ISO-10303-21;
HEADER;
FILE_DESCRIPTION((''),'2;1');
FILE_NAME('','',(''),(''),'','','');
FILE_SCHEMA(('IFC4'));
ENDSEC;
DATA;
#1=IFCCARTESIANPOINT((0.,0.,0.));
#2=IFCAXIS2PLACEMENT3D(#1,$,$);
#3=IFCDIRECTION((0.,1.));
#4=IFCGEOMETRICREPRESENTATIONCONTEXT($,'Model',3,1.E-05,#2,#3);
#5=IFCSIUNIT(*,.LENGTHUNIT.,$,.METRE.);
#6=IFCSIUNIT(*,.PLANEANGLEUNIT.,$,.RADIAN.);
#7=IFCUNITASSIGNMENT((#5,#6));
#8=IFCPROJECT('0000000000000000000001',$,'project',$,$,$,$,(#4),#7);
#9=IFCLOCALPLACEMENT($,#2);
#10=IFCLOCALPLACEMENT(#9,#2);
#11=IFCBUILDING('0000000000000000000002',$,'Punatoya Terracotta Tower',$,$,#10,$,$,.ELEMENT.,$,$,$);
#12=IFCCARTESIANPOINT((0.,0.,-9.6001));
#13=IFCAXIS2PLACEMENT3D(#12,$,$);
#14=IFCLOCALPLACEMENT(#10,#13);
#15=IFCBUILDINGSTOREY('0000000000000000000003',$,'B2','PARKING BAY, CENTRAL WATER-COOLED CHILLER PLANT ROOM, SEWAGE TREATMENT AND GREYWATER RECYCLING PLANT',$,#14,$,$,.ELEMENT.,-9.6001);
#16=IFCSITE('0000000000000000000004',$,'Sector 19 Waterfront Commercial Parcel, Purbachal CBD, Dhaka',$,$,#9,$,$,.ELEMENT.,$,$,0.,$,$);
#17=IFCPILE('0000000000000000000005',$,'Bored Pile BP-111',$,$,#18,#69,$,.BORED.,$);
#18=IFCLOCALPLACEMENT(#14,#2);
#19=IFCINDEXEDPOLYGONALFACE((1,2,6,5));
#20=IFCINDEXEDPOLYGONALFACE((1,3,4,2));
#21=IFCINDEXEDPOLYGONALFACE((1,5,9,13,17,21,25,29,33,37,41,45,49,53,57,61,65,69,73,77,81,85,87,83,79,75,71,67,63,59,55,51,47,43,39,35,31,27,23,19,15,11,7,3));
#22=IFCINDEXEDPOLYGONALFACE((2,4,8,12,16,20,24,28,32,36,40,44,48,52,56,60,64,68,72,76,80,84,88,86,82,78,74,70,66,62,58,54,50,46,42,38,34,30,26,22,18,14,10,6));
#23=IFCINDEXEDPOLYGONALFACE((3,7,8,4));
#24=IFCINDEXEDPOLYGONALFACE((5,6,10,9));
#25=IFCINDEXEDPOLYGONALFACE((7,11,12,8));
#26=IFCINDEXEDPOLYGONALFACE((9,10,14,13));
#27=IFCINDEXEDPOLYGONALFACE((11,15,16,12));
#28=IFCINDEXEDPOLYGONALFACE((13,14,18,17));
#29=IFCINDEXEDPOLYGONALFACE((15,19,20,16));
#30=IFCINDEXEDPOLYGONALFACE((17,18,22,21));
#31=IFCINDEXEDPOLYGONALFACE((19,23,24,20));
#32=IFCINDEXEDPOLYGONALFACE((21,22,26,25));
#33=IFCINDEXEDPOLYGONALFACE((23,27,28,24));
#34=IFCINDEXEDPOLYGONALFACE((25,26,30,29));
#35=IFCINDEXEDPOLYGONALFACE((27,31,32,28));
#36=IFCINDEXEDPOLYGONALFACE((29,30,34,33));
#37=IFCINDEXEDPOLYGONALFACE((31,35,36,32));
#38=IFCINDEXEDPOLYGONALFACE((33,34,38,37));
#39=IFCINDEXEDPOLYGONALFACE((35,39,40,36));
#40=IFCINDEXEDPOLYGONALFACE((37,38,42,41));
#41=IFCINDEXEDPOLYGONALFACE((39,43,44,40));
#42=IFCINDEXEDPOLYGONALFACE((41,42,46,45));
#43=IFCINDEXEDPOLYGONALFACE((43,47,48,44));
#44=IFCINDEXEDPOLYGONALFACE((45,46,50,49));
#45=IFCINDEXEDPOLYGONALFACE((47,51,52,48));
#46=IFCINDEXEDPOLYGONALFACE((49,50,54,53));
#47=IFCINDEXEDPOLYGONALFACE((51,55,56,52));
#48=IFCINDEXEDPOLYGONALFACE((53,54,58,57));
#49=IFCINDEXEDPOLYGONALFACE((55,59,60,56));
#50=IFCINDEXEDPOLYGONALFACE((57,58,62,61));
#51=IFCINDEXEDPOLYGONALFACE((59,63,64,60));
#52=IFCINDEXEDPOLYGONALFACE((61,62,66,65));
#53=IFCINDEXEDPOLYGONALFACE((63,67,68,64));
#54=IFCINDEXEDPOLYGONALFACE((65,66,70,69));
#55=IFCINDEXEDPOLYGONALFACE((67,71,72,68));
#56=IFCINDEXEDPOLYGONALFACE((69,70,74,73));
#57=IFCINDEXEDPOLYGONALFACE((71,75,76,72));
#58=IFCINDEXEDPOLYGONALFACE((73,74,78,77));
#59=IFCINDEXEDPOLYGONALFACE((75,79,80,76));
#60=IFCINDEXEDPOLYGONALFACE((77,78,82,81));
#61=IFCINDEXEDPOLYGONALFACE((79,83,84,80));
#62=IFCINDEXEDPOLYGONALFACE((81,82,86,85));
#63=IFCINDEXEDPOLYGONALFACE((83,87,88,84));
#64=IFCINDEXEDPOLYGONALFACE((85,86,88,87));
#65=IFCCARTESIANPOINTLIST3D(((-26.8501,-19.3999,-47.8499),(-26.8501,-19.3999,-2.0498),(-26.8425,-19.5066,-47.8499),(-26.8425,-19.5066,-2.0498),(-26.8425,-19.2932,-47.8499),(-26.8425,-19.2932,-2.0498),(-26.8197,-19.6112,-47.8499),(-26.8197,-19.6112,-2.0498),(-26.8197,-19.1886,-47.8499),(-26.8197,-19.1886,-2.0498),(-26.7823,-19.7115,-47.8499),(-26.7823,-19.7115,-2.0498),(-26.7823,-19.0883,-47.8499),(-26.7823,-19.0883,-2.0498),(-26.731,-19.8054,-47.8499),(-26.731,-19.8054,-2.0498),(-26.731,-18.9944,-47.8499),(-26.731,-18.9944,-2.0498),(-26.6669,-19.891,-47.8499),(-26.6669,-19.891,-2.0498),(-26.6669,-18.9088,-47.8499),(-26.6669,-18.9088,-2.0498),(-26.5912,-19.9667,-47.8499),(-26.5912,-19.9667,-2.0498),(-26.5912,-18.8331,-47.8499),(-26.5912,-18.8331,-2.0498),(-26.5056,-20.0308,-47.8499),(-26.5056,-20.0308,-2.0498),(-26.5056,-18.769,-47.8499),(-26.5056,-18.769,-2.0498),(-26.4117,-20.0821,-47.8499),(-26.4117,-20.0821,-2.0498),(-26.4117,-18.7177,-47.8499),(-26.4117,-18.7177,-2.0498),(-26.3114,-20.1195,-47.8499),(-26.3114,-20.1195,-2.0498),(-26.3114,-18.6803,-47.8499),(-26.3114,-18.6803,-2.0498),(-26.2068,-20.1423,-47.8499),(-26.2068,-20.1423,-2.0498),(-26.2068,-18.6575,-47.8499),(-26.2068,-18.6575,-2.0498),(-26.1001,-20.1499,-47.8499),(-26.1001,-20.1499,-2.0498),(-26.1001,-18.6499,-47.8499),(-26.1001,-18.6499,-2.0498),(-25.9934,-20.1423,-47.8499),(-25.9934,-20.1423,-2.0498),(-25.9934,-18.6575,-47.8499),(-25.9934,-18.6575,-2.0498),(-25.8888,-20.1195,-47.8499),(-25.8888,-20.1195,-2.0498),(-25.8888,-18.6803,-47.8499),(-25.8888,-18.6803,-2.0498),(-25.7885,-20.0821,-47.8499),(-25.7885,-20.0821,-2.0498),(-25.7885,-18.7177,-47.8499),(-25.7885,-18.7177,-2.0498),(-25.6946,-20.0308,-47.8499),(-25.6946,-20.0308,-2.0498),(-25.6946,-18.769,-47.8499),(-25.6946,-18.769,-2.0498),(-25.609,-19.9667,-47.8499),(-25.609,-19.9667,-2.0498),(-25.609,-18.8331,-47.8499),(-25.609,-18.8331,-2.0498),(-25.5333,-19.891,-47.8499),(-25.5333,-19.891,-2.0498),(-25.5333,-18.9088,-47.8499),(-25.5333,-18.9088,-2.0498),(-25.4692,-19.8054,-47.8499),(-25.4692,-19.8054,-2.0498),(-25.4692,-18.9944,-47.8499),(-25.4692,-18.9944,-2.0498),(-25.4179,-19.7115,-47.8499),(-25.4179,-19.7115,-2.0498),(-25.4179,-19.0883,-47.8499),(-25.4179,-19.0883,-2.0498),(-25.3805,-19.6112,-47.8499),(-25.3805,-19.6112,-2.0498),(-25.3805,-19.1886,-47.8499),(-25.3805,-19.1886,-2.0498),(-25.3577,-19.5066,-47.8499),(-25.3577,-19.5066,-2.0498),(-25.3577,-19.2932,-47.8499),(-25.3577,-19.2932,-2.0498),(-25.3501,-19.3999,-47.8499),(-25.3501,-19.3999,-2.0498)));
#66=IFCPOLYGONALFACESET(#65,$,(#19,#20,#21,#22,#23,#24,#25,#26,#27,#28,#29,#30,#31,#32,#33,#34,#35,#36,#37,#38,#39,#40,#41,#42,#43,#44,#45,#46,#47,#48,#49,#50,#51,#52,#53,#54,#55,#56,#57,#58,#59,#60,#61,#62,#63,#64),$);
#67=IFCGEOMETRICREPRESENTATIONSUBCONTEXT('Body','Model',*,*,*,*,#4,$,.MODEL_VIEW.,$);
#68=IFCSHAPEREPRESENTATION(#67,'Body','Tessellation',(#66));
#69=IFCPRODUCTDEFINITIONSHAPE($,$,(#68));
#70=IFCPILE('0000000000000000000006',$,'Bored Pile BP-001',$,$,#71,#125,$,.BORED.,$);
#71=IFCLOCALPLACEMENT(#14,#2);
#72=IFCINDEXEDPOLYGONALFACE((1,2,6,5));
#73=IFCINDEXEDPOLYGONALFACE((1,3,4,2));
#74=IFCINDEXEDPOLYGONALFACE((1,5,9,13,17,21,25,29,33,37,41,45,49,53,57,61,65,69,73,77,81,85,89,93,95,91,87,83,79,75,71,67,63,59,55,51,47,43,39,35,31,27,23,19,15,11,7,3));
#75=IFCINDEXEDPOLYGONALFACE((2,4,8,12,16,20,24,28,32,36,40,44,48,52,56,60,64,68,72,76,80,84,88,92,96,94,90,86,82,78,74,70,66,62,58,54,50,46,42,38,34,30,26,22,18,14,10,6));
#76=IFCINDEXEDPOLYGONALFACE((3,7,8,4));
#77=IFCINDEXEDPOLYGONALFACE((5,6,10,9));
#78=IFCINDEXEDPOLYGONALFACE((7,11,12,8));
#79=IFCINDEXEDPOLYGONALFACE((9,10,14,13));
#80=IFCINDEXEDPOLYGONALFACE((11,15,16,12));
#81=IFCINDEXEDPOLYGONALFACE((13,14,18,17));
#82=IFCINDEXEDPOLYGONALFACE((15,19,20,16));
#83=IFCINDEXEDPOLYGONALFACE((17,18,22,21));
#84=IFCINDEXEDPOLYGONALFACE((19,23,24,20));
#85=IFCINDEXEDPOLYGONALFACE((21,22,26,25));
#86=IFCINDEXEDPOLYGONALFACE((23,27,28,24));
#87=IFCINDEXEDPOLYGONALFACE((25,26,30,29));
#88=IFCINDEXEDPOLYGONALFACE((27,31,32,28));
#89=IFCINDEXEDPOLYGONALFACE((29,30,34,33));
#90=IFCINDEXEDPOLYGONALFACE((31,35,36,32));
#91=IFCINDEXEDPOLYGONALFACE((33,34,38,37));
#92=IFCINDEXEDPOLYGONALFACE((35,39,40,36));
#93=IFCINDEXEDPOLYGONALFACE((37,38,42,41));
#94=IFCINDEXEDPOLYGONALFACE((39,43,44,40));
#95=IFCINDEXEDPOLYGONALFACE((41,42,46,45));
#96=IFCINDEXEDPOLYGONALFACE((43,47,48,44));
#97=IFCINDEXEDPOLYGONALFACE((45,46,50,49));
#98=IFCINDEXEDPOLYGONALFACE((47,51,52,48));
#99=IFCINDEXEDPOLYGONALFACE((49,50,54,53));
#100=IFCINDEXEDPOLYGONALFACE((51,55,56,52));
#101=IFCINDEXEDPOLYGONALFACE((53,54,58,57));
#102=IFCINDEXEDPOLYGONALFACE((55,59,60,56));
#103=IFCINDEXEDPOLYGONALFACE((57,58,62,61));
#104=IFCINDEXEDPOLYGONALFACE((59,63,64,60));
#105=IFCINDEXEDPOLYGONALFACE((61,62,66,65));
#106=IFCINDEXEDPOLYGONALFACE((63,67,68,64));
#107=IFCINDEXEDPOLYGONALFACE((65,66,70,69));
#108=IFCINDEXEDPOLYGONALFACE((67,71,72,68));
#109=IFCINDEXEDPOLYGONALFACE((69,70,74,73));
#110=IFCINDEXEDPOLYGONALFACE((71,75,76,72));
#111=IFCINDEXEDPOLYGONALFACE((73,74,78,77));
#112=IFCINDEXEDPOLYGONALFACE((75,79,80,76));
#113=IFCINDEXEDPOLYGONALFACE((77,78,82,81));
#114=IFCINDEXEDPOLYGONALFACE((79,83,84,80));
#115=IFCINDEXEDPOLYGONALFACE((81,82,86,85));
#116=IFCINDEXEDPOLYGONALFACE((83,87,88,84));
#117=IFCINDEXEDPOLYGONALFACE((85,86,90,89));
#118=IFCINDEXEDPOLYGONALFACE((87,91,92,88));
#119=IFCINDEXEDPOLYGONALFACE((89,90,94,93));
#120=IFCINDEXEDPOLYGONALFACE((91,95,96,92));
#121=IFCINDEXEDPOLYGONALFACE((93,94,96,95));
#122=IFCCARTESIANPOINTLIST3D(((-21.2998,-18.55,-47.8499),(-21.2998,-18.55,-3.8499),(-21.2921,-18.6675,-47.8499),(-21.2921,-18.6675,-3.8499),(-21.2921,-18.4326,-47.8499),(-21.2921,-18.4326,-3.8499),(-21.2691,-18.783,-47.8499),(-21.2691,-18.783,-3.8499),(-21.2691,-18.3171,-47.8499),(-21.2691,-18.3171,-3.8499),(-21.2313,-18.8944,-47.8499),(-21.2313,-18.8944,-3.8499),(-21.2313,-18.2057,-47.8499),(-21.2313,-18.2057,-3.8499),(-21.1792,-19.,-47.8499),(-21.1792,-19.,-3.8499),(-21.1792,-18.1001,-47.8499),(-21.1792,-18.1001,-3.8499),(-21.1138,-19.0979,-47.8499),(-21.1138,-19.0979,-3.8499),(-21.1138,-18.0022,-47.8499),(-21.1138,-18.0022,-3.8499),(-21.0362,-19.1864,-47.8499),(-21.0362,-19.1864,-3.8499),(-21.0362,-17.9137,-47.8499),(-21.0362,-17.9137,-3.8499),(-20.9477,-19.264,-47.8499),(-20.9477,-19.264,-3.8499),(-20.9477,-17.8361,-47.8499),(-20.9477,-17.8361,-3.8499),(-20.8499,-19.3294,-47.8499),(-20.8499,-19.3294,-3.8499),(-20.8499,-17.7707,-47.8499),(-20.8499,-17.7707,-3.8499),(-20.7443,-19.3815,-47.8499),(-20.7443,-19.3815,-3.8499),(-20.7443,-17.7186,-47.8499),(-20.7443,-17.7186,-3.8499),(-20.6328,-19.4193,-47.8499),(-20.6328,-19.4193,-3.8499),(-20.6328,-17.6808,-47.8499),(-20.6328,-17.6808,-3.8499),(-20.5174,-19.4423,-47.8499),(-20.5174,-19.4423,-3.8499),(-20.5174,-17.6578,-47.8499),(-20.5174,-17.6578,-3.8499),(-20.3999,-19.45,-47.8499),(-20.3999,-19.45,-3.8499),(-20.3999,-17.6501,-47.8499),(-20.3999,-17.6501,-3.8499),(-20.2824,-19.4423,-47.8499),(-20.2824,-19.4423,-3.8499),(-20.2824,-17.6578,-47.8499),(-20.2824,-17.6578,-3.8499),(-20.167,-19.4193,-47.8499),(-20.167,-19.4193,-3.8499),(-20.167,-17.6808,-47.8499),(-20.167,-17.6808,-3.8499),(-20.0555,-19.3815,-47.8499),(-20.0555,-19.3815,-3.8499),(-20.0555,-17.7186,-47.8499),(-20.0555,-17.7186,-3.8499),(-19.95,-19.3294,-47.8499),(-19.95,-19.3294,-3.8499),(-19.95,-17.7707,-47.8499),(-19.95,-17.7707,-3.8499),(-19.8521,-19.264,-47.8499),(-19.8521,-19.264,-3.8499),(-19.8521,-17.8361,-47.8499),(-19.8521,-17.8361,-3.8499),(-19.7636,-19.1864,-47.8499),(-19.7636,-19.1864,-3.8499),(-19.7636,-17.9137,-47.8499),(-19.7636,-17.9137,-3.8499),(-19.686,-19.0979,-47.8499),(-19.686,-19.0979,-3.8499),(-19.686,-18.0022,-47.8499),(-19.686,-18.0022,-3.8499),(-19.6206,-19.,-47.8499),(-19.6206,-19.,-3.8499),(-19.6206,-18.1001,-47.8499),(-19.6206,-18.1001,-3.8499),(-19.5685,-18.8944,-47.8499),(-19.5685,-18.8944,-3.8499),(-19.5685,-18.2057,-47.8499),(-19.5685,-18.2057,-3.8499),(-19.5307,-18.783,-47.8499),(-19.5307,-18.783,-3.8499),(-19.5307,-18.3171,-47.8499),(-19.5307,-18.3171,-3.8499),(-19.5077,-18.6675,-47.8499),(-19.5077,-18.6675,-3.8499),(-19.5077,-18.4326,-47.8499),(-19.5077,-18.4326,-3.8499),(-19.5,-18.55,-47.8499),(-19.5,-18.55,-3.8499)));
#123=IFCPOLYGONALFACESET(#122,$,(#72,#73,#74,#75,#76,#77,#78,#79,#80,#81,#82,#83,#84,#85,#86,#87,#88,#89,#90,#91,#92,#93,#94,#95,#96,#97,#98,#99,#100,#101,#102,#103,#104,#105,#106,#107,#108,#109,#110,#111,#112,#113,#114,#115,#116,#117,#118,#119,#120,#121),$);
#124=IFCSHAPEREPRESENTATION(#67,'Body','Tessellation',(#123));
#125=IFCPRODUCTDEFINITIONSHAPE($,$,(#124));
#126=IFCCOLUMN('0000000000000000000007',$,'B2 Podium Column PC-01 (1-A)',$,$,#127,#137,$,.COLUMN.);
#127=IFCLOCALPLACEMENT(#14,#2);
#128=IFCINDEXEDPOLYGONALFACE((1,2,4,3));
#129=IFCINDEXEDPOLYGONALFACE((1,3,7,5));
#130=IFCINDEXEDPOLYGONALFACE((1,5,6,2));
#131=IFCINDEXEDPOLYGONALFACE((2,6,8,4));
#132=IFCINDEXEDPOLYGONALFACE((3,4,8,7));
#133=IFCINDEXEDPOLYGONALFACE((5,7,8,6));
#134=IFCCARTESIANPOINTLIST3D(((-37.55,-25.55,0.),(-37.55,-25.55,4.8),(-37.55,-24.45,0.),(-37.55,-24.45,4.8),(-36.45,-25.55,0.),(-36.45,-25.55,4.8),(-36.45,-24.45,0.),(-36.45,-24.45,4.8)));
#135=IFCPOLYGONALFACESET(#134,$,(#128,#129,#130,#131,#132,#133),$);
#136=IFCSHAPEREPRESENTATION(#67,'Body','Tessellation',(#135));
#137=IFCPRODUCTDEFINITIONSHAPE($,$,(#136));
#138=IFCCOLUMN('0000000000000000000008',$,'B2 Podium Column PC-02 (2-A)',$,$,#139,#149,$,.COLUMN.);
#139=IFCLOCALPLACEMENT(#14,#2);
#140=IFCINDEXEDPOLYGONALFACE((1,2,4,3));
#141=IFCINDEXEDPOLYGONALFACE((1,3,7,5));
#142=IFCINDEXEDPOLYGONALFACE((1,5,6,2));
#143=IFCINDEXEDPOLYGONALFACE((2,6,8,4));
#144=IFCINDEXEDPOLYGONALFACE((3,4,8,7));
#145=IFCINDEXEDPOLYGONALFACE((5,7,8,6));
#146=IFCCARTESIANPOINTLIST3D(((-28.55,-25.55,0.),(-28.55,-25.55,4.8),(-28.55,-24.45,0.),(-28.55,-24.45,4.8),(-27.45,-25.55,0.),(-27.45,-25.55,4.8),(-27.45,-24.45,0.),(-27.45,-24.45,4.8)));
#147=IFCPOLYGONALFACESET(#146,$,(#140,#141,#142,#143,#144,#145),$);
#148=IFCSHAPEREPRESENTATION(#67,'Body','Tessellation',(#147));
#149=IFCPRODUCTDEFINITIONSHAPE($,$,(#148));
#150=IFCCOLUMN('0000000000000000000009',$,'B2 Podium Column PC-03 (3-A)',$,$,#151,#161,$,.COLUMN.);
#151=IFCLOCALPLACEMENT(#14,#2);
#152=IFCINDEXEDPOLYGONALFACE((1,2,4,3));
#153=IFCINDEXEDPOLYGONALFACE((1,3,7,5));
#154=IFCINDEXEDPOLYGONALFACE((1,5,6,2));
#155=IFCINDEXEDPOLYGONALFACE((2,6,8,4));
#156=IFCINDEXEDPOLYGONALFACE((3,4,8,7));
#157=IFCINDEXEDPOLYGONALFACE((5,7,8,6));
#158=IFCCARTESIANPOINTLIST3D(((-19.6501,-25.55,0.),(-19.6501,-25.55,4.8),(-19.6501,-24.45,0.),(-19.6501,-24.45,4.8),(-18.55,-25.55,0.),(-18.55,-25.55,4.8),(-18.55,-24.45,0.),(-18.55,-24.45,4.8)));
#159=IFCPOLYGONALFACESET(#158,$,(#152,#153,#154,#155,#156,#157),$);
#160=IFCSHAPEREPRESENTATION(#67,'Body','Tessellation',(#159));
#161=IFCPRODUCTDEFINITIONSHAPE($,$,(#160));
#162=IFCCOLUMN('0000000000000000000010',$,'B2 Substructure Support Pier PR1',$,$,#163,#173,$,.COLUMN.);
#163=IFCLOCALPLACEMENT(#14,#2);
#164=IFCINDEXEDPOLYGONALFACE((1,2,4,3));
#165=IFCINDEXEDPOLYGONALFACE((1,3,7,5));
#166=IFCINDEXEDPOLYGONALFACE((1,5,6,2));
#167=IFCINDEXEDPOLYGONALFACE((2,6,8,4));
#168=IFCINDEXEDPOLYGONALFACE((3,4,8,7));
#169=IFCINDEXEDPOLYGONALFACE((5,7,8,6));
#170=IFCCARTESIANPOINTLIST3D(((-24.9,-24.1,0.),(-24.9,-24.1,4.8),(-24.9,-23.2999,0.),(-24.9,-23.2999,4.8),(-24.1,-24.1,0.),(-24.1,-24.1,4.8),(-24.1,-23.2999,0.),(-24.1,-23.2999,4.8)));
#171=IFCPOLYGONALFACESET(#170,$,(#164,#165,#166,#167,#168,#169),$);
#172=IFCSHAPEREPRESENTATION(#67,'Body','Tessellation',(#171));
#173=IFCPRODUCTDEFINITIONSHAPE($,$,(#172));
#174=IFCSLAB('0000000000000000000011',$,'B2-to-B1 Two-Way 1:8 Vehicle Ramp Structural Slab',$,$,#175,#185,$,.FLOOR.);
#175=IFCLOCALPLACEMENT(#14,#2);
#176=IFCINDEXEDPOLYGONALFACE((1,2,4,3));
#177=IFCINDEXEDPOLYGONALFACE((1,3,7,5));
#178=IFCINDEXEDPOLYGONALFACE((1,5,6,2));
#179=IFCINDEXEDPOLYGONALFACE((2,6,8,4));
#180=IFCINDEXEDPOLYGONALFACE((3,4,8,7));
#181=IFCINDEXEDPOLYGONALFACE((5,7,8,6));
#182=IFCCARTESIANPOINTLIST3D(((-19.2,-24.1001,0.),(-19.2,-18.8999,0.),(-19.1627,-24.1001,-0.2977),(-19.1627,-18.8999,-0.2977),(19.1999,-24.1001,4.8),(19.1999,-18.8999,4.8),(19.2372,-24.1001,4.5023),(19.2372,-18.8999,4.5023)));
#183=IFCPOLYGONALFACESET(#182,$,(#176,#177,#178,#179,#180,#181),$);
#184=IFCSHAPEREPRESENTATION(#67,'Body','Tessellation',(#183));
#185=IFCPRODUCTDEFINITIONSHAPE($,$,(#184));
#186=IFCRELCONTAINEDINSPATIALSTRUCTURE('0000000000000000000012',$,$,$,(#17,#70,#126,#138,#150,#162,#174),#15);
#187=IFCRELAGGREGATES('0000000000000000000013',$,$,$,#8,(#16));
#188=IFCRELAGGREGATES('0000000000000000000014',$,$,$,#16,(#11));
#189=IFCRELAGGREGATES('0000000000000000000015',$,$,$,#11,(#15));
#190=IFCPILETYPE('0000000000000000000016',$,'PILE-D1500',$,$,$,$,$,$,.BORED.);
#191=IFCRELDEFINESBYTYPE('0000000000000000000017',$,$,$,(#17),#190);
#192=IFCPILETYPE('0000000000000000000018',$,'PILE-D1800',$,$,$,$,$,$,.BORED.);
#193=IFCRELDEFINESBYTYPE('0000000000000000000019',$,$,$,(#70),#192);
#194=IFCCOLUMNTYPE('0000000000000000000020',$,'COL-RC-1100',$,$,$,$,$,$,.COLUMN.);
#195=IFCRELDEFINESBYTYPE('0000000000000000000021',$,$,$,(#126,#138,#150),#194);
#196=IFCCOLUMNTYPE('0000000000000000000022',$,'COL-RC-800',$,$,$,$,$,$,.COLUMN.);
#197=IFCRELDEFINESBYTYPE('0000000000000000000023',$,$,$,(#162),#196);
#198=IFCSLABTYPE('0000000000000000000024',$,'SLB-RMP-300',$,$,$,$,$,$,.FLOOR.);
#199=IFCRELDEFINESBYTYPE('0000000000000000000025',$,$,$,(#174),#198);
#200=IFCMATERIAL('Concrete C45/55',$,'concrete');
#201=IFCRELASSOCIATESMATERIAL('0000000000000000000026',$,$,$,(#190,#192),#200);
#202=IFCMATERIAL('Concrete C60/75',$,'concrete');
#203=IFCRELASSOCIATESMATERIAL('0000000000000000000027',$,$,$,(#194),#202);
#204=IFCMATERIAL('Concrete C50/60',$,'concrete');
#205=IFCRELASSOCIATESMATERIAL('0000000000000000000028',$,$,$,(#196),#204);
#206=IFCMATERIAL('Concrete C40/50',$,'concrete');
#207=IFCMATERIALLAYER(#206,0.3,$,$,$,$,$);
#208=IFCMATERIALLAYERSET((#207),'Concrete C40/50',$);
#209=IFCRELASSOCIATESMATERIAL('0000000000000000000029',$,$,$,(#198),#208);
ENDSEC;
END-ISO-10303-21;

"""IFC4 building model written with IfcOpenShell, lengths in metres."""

from ifc_helpers import new_model, si_unit, direction, frame, origin, origin_2d, place, context, subcontext, project, spatial, polyline, rectangle, circle, outline, extrude, material, layer, layer_set, material_profile, profile_set, type_object, element, save


model = new_model("IFC4")

# Units and contexts
model_context = context("Model", 3, precision=1e-05, world=origin(), true_north=direction((0.0, 1.0)))
body_context = subcontext(model_context, "Body", "Model", "MODEL_VIEW")
ifc_project = project(units=[si_unit("LENGTHUNIT", "METRE"), si_unit("PLANEANGLEUNIT", "RADIAN")], contexts=[model_context])

# Site, building, storey
site_placement = place(None, origin())
site = spatial("IfcSite", under=ifc_project, at=site_placement, Name="Sector 19 Waterfront Commercial Parcel, Purbachal CBD, Dhaka", CompositionType="ELEMENT", RefElevation=0.0)
building_placement = place(site_placement, origin())
building = spatial("IfcBuilding", under=site, at=building_placement, Name="Punatoya Terracotta Tower", CompositionType="ELEMENT")
storey_placement = place(building_placement, frame((0.0, 0.0, -9.6001)))
storey = spatial("IfcBuildingStorey", under=building, at=storey_placement, Name="B2", Description="PARKING BAY, CENTRAL WATER-COOLED CHILLER PLANT ROOM, SEWAGE TREATMENT AND GREYWATER RECYCLING PLANT", CompositionType="ELEMENT", Elevation=-9.6001)

# Shared definitions
ifc_material_1 = material(Name="Concrete C45/55", Category="concrete")

# Piles
ifc_material_profile_1 = material_profile(ifc_material_1, circle(Radius=0.75, at=origin_2d()))
ifc_profile_set_1 = profile_set([ifc_material_profile_1], Name="Concrete C45/55")
pile_type_1 = type_object("IfcPileType", Name="PILE-D1500", PredefinedType="BORED", material=ifc_profile_set_1)
for number, where, z_axis, x_axis, name in (
    (1, (-26.1001, -19.3999, -2.0498), (0.0, 0.0, -1.0), (1.0, 0.0, 0.0), "Bored Pile BP-111"),
):
    element("IfcPile", number, at=place(storey_placement, frame(where, z_axis=z_axis, x_axis=x_axis)), inside=storey, type_object=pile_type_1, Name=name, PredefinedType="BORED", context=body_context, shape_type="SweptSolid", body=[
        extrude(circle(Radius=0.75, at=origin_2d()), origin(), (0.0, 0.0, 1.0), 45.8),
    ])
ifc_material_profile_2 = material_profile(ifc_material_1, circle(Radius=0.8999, at=origin_2d()))
ifc_profile_set_2 = profile_set([ifc_material_profile_2], Name="Concrete C45/55")
pile_type_2 = type_object("IfcPileType", Name="PILE-D1800", PredefinedType="BORED", material=ifc_profile_set_2)
pile_placement = place(storey_placement, frame((-20.3999, -18.55, -3.8499), z_axis=(0.0, 0.0, -1.0), x_axis=(1.0, 0.0, 0.0)))
element("IfcPile", 2, at=pile_placement, inside=storey, type_object=pile_type_2, Name="Bored Pile BP-001", PredefinedType="BORED", context=body_context, shape_type="SweptSolid", body=[
    extrude(circle(Radius=0.8999, at=origin_2d()), origin(), (0.0, 0.0, 1.0), 44.0),
])

# Columns
ifc_material_2 = material(Name="Concrete C60/75", Category="concrete")
ifc_material_profile_3 = material_profile(ifc_material_2, rectangle(XDim=1.1001, YDim=1.1001, at=origin_2d()))
ifc_profile_set_3 = profile_set([ifc_material_profile_3], Name="Concrete C60/75")
column_type_1 = type_object("IfcColumnType", Name="COL-RC-1100", PredefinedType="COLUMN", material=ifc_profile_set_3)
for number, where, z_axis, x_axis, name in (
    (3, (-37.0, -25.0, 0.0), (0.0, 0.0, 1.0), (1.0, 0.0, 0.0), "B2 Podium Column PC-01 (1-A)"),
    (4, (-28.0, -25.0, 0.0), (0.0, 0.0, 1.0), (1.0, 0.0, 0.0), "B2 Podium Column PC-02 (2-A)"),
    (5, (-19.1001, -25.0, 0.0), (0.0, 0.0, 1.0), (1.0, 0.0, 0.0), "B2 Podium Column PC-03 (3-A)"),
):
    element("IfcColumn", number, at=place(storey_placement, frame(where, z_axis=z_axis, x_axis=x_axis)), inside=storey, type_object=column_type_1, Name=name, PredefinedType="COLUMN", context=body_context, shape_type="SweptSolid", body=[
        extrude(rectangle(XDim=1.1001, YDim=1.1001, at=origin_2d()), origin(), (0.0, 0.0, 1.0), 4.8),
    ])
ifc_material_3 = material(Name="Concrete C50/60", Category="concrete")
ifc_material_profile_4 = material_profile(ifc_material_3, rectangle(XDim=0.8, YDim=0.8, at=origin_2d()))
ifc_profile_set_4 = profile_set([ifc_material_profile_4], Name="Concrete C50/60")
column_type_2 = type_object("IfcColumnType", Name="COL-RC-800", PredefinedType="COLUMN", material=ifc_profile_set_4)
column_placement = place(storey_placement, frame((-24.5, -23.7, 0.0), z_axis=(0.0, 0.0, 1.0), x_axis=(1.0, 0.0, 0.0)))
element("IfcColumn", 6, at=column_placement, inside=storey, type_object=column_type_2, Name="B2 Substructure Support Pier PR1", PredefinedType="COLUMN", context=body_context, shape_type="SweptSolid", body=[
    extrude(rectangle(XDim=0.8, YDim=0.8, at=origin_2d()), origin(), (0.0, 0.0, 1.0), 4.8),
])

# Slab
ifc_material_4 = material(Name="Concrete C40/50", Category="concrete")
ifc_layer_1 = layer(ifc_material_4, 0.3)
ifc_layer_set_1 = layer_set([ifc_layer_1], Name="Concrete C40/50")
slab_type = type_object("IfcSlabType", Name="SLB-RMP-300", PredefinedType="FLOOR", material=ifc_layer_set_1)
slab_placement = place(storey_placement, frame((-19.2, -24.1001, 0.0), z_axis=(-0.124036, 0.0, 0.992278), x_axis=(0.992278, 0.0, 0.124036)))
element("IfcSlab", 7, at=slab_placement, inside=storey, type_object=slab_type, Name="B2-to-B1 Two-Way 1:8 Vehicle Ramp Structural Slab", PredefinedType="FLOOR", context=body_context, shape_type="SweptSolid", body=[
    extrude(outline(polyline([(0.0, 0.0), (38.6987, 0.0), (38.6987, 5.2002), (0.0, 5.2002), (0.0, 0.0)])), origin(), (0.0, 0.0, -1.0), 0.3),
])

save(model, "model.ifc")
